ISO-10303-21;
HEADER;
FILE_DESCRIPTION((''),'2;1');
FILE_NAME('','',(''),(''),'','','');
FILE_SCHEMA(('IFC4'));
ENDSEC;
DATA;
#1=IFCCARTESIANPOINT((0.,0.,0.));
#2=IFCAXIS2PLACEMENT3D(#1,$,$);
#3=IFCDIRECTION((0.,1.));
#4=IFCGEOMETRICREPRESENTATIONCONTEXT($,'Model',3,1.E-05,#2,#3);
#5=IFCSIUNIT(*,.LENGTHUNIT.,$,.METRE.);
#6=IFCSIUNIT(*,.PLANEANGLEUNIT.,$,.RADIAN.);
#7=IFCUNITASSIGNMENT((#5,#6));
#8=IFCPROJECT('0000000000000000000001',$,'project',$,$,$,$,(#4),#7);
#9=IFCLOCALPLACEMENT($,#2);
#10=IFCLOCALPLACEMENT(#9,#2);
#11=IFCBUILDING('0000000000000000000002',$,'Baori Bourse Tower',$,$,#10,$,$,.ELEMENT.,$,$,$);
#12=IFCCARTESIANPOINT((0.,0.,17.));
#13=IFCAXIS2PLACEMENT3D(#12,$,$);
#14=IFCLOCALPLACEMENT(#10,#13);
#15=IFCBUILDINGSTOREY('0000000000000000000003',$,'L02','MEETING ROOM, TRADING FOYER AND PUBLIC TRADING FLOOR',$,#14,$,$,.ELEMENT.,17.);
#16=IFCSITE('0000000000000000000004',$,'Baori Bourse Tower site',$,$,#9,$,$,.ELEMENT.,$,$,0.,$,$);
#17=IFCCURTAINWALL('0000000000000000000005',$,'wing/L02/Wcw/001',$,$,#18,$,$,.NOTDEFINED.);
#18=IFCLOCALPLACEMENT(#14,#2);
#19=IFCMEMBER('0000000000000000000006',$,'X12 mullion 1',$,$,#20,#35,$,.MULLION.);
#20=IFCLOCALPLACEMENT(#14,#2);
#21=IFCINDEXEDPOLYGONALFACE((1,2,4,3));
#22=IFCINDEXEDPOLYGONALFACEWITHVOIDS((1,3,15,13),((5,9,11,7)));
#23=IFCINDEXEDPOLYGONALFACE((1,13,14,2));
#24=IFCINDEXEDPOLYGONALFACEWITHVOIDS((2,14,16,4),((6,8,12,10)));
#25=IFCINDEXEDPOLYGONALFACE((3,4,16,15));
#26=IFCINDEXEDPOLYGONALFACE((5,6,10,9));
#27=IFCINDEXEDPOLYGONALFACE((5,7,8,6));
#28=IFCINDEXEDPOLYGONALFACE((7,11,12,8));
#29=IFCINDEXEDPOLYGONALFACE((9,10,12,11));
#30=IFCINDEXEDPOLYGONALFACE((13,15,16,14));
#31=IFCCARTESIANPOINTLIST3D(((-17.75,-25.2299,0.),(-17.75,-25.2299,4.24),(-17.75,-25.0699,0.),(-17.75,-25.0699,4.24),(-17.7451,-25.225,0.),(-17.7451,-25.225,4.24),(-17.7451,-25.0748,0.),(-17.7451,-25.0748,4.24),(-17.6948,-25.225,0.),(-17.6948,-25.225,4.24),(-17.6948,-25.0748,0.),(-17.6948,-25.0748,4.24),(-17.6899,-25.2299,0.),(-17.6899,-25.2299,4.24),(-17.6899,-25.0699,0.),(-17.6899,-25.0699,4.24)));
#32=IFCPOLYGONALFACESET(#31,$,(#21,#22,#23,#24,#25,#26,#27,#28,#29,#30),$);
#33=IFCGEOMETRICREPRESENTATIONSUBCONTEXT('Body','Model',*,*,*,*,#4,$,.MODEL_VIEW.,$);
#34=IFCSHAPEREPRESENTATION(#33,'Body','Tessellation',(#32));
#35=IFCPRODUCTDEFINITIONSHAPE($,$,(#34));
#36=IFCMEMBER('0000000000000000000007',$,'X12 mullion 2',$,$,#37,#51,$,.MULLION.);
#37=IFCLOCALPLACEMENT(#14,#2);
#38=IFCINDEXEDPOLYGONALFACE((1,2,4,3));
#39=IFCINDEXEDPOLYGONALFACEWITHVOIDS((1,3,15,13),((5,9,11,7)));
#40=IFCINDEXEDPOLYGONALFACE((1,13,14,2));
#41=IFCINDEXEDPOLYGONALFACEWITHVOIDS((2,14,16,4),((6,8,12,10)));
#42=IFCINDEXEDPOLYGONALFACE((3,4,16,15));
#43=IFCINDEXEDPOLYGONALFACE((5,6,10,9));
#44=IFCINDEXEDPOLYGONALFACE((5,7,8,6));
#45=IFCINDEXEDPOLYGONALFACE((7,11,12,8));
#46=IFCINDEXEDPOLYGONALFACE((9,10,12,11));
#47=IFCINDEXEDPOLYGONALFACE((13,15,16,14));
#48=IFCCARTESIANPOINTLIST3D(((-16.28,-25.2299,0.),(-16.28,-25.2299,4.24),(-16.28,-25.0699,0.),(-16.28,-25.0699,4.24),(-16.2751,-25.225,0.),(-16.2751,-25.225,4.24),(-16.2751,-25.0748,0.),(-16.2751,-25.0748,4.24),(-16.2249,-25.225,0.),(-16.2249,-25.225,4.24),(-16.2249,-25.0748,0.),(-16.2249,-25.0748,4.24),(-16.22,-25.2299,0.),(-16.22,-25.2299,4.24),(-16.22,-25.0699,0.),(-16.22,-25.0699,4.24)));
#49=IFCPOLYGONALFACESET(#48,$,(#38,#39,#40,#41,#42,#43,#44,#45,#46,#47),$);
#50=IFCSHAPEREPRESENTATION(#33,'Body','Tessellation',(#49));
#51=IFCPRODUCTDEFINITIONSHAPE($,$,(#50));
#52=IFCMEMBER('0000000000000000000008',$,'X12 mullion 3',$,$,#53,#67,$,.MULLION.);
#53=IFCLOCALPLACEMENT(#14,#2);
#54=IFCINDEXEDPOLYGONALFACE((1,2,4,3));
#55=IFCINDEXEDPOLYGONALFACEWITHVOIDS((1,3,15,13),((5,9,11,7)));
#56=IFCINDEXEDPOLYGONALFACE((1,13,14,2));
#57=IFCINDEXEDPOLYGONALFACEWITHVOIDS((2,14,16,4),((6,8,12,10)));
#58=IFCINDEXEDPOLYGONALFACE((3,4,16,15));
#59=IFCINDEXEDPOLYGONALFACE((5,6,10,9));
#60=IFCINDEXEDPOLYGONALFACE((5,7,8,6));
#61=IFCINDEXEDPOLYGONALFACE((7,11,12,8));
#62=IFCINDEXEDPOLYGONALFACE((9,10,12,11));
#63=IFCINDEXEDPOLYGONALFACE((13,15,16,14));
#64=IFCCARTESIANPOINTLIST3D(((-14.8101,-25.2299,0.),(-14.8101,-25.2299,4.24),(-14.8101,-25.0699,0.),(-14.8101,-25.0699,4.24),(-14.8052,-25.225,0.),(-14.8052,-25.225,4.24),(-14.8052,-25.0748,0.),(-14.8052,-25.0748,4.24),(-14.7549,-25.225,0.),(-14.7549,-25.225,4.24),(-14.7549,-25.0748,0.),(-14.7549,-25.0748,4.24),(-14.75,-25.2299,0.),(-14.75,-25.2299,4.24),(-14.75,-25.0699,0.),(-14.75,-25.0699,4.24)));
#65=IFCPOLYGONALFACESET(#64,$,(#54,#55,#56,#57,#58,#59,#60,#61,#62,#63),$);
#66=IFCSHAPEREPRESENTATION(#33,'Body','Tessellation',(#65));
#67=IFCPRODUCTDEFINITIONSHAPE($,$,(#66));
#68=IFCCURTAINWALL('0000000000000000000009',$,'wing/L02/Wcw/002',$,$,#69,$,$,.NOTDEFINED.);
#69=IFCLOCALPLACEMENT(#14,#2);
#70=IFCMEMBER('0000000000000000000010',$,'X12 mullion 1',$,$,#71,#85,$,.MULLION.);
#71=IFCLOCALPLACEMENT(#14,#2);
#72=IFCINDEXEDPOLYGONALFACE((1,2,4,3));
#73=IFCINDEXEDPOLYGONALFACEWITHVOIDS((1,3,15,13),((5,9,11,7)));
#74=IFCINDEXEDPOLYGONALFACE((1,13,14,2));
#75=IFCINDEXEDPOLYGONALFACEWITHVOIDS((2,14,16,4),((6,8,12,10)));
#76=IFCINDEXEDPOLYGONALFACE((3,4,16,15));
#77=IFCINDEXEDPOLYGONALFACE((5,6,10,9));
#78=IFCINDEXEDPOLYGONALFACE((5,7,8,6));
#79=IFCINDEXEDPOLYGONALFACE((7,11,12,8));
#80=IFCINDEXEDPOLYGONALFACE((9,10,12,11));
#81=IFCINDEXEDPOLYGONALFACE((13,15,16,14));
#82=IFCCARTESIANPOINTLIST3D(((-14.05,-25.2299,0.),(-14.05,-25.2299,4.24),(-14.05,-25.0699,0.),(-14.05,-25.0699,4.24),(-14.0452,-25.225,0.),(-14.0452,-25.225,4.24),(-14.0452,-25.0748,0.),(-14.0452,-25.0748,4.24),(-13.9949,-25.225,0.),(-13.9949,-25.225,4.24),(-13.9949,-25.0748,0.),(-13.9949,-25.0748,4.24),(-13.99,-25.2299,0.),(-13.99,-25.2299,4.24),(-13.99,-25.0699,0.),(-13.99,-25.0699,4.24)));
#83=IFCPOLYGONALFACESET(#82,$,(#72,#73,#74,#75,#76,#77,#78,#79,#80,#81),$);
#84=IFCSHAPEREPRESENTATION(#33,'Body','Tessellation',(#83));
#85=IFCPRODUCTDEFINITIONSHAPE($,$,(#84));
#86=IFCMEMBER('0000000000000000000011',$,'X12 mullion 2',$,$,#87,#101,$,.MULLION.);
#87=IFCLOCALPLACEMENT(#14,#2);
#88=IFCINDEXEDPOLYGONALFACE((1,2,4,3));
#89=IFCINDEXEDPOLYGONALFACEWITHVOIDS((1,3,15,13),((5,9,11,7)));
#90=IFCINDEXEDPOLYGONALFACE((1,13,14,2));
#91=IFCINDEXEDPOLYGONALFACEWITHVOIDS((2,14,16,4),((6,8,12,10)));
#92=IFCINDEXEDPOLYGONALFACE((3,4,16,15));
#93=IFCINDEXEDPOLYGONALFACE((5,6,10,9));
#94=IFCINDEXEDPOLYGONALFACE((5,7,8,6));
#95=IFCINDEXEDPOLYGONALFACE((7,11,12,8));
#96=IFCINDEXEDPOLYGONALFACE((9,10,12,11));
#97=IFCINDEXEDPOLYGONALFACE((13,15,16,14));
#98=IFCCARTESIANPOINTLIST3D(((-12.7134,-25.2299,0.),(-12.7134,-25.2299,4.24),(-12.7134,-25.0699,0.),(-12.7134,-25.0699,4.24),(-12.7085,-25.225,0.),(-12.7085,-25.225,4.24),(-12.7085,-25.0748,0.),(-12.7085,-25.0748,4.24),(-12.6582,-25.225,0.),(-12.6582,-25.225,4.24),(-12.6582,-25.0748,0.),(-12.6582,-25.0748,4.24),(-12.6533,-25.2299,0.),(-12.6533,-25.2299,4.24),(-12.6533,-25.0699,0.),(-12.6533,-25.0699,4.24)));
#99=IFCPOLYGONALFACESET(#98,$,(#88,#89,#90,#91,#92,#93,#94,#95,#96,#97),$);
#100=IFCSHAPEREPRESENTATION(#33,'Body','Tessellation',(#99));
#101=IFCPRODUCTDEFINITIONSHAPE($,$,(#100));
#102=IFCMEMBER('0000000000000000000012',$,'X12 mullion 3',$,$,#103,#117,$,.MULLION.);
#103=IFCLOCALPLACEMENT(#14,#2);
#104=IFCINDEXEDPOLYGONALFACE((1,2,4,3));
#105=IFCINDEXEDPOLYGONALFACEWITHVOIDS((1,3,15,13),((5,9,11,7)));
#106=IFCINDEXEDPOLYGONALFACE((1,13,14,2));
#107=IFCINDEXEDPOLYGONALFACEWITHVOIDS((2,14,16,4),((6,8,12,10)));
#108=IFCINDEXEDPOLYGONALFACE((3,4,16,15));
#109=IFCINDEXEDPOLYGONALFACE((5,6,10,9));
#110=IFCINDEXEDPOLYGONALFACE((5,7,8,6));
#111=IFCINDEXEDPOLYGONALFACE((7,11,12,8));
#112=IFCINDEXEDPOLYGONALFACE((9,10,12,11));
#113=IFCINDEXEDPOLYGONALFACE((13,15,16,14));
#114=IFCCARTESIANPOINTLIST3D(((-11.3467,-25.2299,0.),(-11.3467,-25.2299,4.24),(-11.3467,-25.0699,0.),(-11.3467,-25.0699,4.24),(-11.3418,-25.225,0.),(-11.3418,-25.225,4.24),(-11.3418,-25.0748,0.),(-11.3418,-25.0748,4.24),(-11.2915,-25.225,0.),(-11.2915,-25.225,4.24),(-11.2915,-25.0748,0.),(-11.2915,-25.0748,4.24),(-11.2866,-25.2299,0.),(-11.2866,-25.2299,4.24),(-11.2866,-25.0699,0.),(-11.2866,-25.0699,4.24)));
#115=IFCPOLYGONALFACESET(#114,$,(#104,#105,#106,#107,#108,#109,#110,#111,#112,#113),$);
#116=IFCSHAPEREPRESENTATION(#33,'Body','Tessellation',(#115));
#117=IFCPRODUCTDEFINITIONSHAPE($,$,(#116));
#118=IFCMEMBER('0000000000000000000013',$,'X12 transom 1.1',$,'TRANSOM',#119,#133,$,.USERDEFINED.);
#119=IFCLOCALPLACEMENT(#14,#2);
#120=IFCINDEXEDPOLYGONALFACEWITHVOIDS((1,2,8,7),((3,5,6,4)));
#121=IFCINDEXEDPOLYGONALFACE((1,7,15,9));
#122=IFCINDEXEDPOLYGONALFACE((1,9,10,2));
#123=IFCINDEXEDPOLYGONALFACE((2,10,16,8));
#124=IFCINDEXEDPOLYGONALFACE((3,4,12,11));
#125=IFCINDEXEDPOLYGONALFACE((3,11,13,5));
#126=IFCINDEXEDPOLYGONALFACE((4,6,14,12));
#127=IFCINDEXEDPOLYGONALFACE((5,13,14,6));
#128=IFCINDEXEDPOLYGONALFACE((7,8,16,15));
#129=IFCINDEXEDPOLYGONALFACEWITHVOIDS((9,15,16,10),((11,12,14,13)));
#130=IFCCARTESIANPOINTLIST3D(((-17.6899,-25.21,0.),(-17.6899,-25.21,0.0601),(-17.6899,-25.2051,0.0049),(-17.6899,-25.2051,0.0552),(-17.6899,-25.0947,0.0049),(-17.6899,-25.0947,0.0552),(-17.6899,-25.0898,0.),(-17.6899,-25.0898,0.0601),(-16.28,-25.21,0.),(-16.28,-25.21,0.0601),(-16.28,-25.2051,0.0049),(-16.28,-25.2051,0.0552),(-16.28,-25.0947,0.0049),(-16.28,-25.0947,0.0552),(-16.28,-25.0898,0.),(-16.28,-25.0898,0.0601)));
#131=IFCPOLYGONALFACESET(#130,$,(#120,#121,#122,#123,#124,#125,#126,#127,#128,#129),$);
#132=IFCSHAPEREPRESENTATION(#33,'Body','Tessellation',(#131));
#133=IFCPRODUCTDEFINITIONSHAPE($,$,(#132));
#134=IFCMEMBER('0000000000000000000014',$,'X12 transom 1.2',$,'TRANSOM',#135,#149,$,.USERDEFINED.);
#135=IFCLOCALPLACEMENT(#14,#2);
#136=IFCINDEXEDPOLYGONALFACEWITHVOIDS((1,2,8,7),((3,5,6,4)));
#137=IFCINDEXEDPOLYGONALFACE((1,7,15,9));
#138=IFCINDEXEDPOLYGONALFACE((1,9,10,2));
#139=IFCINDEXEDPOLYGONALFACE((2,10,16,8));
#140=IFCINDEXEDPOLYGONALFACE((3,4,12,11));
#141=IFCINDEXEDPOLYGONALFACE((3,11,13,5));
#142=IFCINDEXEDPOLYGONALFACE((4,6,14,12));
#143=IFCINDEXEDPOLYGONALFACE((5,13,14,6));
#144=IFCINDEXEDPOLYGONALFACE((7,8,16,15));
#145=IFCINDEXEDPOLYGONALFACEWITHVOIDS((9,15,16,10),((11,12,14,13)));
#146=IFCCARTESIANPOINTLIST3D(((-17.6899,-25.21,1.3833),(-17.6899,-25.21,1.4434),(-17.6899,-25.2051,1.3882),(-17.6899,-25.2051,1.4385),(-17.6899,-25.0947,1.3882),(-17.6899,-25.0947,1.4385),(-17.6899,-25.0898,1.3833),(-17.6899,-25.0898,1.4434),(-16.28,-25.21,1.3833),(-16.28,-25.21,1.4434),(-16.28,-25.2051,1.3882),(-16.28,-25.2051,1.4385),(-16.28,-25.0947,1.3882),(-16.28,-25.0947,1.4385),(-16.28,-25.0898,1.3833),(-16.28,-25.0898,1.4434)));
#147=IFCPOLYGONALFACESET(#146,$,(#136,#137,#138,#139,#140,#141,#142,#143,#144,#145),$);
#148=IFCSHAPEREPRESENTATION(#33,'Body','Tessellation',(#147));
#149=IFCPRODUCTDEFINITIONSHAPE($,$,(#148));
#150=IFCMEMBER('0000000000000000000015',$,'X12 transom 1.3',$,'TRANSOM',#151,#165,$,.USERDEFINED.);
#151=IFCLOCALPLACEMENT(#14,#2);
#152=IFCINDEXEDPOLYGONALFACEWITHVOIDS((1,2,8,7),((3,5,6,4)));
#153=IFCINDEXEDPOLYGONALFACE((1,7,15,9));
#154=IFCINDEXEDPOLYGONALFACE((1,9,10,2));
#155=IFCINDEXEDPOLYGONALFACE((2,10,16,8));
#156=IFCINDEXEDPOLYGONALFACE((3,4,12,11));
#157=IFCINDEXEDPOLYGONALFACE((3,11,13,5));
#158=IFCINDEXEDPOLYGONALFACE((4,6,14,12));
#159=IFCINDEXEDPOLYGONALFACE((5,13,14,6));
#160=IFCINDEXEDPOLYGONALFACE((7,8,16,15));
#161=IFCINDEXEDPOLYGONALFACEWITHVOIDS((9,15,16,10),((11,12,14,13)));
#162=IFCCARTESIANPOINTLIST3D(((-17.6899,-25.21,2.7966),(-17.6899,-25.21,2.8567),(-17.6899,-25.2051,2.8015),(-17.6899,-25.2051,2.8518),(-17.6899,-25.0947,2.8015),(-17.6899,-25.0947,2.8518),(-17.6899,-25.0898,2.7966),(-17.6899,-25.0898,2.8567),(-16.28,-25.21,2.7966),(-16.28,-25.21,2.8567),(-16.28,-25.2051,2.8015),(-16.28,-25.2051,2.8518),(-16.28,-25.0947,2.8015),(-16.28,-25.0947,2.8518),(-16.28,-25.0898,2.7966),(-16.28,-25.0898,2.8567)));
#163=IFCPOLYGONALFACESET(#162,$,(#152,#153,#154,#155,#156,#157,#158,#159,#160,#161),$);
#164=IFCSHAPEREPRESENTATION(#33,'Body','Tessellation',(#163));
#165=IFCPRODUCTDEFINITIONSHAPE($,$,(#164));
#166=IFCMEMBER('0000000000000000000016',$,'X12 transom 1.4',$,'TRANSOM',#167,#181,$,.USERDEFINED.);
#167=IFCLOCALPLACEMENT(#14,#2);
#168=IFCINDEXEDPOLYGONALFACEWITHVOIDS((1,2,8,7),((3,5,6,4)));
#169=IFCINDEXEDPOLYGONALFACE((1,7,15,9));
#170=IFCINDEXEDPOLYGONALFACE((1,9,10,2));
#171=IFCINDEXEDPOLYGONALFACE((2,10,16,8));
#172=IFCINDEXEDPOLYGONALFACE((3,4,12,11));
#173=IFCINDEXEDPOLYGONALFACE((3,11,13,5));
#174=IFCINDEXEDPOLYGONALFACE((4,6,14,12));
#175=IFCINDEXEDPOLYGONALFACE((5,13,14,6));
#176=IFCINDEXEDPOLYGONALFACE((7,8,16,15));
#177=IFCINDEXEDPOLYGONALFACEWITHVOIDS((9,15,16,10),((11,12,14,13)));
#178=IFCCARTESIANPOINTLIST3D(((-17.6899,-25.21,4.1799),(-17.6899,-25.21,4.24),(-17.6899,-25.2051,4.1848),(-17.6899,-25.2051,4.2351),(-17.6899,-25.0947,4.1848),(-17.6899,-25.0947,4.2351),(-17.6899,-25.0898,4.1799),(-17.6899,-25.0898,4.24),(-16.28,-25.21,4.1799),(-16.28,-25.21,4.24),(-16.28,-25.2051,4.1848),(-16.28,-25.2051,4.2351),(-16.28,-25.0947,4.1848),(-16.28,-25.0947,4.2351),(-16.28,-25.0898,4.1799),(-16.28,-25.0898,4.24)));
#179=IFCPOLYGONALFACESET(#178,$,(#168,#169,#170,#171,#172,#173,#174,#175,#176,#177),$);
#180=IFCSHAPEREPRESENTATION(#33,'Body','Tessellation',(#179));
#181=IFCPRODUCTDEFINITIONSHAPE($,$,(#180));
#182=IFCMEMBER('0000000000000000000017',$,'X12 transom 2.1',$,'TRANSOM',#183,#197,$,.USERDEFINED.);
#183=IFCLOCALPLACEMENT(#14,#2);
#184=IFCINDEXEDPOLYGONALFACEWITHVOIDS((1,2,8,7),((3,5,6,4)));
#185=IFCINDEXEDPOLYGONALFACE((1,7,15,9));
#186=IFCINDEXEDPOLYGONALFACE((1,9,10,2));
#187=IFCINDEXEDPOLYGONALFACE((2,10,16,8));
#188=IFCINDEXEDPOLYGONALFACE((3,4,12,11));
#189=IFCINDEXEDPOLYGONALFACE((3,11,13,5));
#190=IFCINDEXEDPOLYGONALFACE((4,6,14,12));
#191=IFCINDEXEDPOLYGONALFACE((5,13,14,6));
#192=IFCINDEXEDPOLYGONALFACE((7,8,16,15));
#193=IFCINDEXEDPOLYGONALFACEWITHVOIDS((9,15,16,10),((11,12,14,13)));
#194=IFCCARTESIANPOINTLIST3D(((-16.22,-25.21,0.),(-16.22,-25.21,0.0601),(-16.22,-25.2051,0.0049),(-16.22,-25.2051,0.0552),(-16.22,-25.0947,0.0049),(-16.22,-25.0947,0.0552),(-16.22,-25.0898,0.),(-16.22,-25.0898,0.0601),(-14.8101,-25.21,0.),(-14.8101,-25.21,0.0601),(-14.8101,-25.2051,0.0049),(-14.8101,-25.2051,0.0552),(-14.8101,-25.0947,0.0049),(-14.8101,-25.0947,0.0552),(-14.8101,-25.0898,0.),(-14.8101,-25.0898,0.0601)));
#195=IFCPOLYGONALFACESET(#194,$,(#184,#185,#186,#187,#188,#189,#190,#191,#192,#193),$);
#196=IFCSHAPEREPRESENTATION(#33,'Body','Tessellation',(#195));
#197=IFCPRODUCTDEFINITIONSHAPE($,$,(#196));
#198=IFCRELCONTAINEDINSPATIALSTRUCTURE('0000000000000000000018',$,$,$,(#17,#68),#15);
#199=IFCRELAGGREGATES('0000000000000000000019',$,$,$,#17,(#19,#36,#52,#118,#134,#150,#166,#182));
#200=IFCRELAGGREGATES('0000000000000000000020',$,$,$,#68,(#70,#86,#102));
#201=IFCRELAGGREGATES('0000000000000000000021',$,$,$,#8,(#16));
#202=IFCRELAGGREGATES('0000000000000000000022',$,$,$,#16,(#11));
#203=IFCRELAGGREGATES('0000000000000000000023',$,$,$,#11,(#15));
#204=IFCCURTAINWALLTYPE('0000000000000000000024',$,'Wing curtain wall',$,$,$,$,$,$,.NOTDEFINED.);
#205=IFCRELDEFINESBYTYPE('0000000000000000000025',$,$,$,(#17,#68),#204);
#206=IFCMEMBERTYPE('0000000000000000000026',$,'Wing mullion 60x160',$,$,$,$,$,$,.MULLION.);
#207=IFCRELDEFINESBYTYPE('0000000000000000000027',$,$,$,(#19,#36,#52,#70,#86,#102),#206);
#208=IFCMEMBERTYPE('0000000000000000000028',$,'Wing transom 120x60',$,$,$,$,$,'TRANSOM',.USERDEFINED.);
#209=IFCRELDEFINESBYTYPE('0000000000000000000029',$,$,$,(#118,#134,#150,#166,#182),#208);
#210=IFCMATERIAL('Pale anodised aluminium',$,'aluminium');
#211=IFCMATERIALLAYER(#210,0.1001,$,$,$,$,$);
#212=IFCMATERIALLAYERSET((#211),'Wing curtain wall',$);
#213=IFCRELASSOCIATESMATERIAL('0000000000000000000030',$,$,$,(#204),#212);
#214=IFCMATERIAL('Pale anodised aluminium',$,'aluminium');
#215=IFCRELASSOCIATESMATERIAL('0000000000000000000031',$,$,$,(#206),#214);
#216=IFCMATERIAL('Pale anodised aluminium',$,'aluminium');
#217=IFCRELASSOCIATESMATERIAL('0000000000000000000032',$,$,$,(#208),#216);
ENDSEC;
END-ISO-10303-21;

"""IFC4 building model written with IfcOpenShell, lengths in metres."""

from ifc_helpers import new_model, si_unit, direction, frame, origin, origin_2d, place, context, subcontext, project, spatial, hollow_rectangle, extrude, material, layer, layer_set, material_profile, profile_set, type_object, element, aggregate, save


model = new_model("IFC4")

# Units and contexts
model_context = context("Model", 3, precision=1e-05, world=origin(), true_north=direction((0.0, 1.0)))
body_context = subcontext(model_context, "Body", "Model", "MODEL_VIEW")
ifc_project = project(units=[si_unit("LENGTHUNIT", "METRE"), si_unit("PLANEANGLEUNIT", "RADIAN")], contexts=[model_context])

# Site, building, storey
site_placement = place(None, origin())
site = spatial("IfcSite", under=ifc_project, at=site_placement, Name="Baori Bourse Tower site", CompositionType="ELEMENT", RefElevation=0.0)
building_placement = place(site_placement, origin())
building = spatial("IfcBuilding", under=site, at=building_placement, Name="Baori Bourse Tower", CompositionType="ELEMENT")
storey_placement = place(building_placement, frame((0.0, 0.0, 17.0)))
storey = spatial("IfcBuildingStorey", under=building, at=storey_placement, Name="L02", Description="MEETING ROOM, TRADING FOYER AND PUBLIC TRADING FLOOR", CompositionType="ELEMENT", Elevation=17.0)

# Curtain walls, members
ifc_material_1 = material(Name="Pale anodised aluminium", Category="aluminium")
ifc_layer_1 = layer(ifc_material_1, 0.1001)
ifc_layer_set_1 = layer_set([ifc_layer_1], Name="Wing curtain wall")
curtain_wall_type = type_object("IfcCurtainWallType", Name="Wing curtain wall", PredefinedType="NOTDEFINED", material=ifc_layer_set_1)
curtain_wall_1_placement = place(storey_placement, origin())
curtain_wall_1 = element("IfcCurtainWall", 1, at=curtain_wall_1_placement, inside=storey, type_object=curtain_wall_type, Name="wing/L02/Wcw/001", PredefinedType="NOTDEFINED")
ifc_material_2 = material(Name="Pale anodised aluminium", Category="aluminium")
ifc_material_profile_1 = material_profile(ifc_material_2, hollow_rectangle(XDim=0.1599, YDim=0.0601, WallThickness=0.0049, at=origin_2d()), Name="Mullion 160x60x5")
ifc_profile_set_1 = profile_set([ifc_material_profile_1], Name="Pale anodised aluminium")
member_type_1 = type_object("IfcMemberType", Name="Wing mullion 60x160", PredefinedType="MULLION", material=ifc_profile_set_1)
member_1_placement = place(storey_placement, frame((-17.72, -25.1499, 0.0), z_axis=(0.0, 0.0, 1.0), x_axis=(0.0, 1.0, 0.0)))
member_1 = element("IfcMember", 2, at=member_1_placement, type_object=member_type_1, Name="X12 mullion 1", PredefinedType="MULLION", context=body_context, shape_type="SweptSolid", body=[
    extrude(hollow_rectangle(XDim=0.1599, YDim=0.0601, WallThickness=0.0049, at=origin_2d()), origin(), (0.0, 0.0, 1.0), 4.24),
])
member_2_placement = place(storey_placement, frame((-16.25, -25.1499, 0.0), z_axis=(0.0, 0.0, 1.0), x_axis=(0.0, 1.0, 0.0)))
member_2 = element("IfcMember", 3, at=member_2_placement, type_object=member_type_1, Name="X12 mullion 2", PredefinedType="MULLION", context=body_context, shape_type="SweptSolid", body=[
    extrude(hollow_rectangle(XDim=0.1599, YDim=0.0601, WallThickness=0.0049, at=origin_2d()), origin(), (0.0, 0.0, 1.0), 4.24),
])
member_3_placement = place(storey_placement, frame((-14.78, -25.1499, 0.0), z_axis=(0.0, 0.0, 1.0), x_axis=(0.0, 1.0, 0.0)))
member_3 = element("IfcMember", 4, at=member_3_placement, type_object=member_type_1, Name="X12 mullion 3", PredefinedType="MULLION", context=body_context, shape_type="SweptSolid", body=[
    extrude(hollow_rectangle(XDim=0.1599, YDim=0.0601, WallThickness=0.0049, at=origin_2d()), origin(), (0.0, 0.0, 1.0), 4.24),
])
curtain_wall_2_placement = place(storey_placement, origin())
curtain_wall_2 = element("IfcCurtainWall", 5, at=curtain_wall_2_placement, inside=storey, type_object=curtain_wall_type, Name="wing/L02/Wcw/002", PredefinedType="NOTDEFINED")
member_4_placement = place(storey_placement, frame((-14.02, -25.1499, 0.0), z_axis=(0.0, 0.0, 1.0), x_axis=(0.0, 1.0, 0.0)))
member_4 = element("IfcMember", 6, at=member_4_placement, type_object=member_type_1, Name="X12 mullion 1", PredefinedType="MULLION", context=body_context, shape_type="SweptSolid", body=[
    extrude(hollow_rectangle(XDim=0.1599, YDim=0.0601, WallThickness=0.0049, at=origin_2d()), origin(), (0.0, 0.0, 1.0), 4.24),
])
member_5_placement = place(storey_placement, frame((-12.6833, -25.1499, 0.0), z_axis=(0.0, 0.0, 1.0), x_axis=(0.0, 1.0, 0.0)))
member_5 = element("IfcMember", 7, at=member_5_placement, type_object=member_type_1, Name="X12 mullion 2", PredefinedType="MULLION", context=body_context, shape_type="SweptSolid", body=[
    extrude(hollow_rectangle(XDim=0.1599, YDim=0.0601, WallThickness=0.0049, at=origin_2d()), origin(), (0.0, 0.0, 1.0), 4.24),
])
member_6_placement = place(storey_placement, frame((-11.3167, -25.1499, 0.0), z_axis=(0.0, 0.0, 1.0), x_axis=(0.0, 1.0, 0.0)))
member_6 = element("IfcMember", 8, at=member_6_placement, type_object=member_type_1, Name="X12 mullion 3", PredefinedType="MULLION", context=body_context, shape_type="SweptSolid", body=[
    extrude(hollow_rectangle(XDim=0.1599, YDim=0.0601, WallThickness=0.0049, at=origin_2d()), origin(), (0.0, 0.0, 1.0), 4.24),
])

# Members
ifc_material_3 = material(Name="Pale anodised aluminium", Category="aluminium")
ifc_material_profile_2 = material_profile(ifc_material_3, hollow_rectangle(XDim=0.1201, YDim=0.0601, WallThickness=0.0049, at=origin_2d()), Name="Transom 120x60x5")
ifc_profile_set_2 = profile_set([ifc_material_profile_2], Name="Pale anodised aluminium")
member_type_2 = type_object("IfcMemberType", Name="Wing transom 120x60", ElementType="TRANSOM", PredefinedType="USERDEFINED", material=ifc_profile_set_2)
member_7_placement = place(storey_placement, frame((-17.6899, -25.1499, 0.03), z_axis=(1.0, 0.0, 0.0), x_axis=(0.0, 1.0, 0.0)))
member_7 = element("IfcMember", 9, at=member_7_placement, type_object=member_type_2, Name="X12 transom 1.1", ObjectType="TRANSOM", PredefinedType="USERDEFINED", context=body_context, shape_type="SweptSolid", body=[
    extrude(hollow_rectangle(XDim=0.1201, YDim=0.0601, WallThickness=0.0049, at=origin_2d()), origin(), (0.0, 0.0, 1.0), 1.4099),
])
member_8_placement = place(storey_placement, frame((-17.6899, -25.1499, 1.4133), z_axis=(1.0, 0.0, 0.0), x_axis=(0.0, 1.0, 0.0)))
member_8 = element("IfcMember", 10, at=member_8_placement, type_object=member_type_2, Name="X12 transom 1.2", ObjectType="TRANSOM", PredefinedType="USERDEFINED", context=body_context, shape_type="SweptSolid", body=[
    extrude(hollow_rectangle(XDim=0.1201, YDim=0.0601, WallThickness=0.0049, at=origin_2d()), origin(), (0.0, 0.0, 1.0), 1.4099),
])
member_9_placement = place(storey_placement, frame((-17.6899, -25.1499, 2.8267), z_axis=(1.0, 0.0, 0.0), x_axis=(0.0, 1.0, 0.0)))
member_9 = element("IfcMember", 11, at=member_9_placement, type_object=member_type_2, Name="X12 transom 1.3", ObjectType="TRANSOM", PredefinedType="USERDEFINED", context=body_context, shape_type="SweptSolid", body=[
    extrude(hollow_rectangle(XDim=0.1201, YDim=0.0601, WallThickness=0.0049, at=origin_2d()), origin(), (0.0, 0.0, 1.0), 1.4099),
])
member_10_placement = place(storey_placement, frame((-17.6899, -25.1499, 4.21), z_axis=(1.0, 0.0, 0.0), x_axis=(0.0, 1.0, 0.0)))
member_10 = element("IfcMember", 12, at=member_10_placement, type_object=member_type_2, Name="X12 transom 1.4", ObjectType="TRANSOM", PredefinedType="USERDEFINED", context=body_context, shape_type="SweptSolid", body=[
    extrude(hollow_rectangle(XDim=0.1201, YDim=0.0601, WallThickness=0.0049, at=origin_2d()), origin(), (0.0, 0.0, 1.0), 1.4099),
])
member_11_placement = place(storey_placement, frame((-16.22, -25.1499, 0.03), z_axis=(1.0, 0.0, 0.0), x_axis=(0.0, 1.0, 0.0)))
member_11 = element("IfcMember", 13, at=member_11_placement, type_object=member_type_2, Name="X12 transom 2.1", ObjectType="TRANSOM", PredefinedType="USERDEFINED", context=body_context, shape_type="SweptSolid", body=[
    extrude(hollow_rectangle(XDim=0.1201, YDim=0.0601, WallThickness=0.0049, at=origin_2d()), origin(), (0.0, 0.0, 1.0), 1.4099),
])

aggregate(curtain_wall_1, [member_1, member_2, member_3, member_7, member_8, member_9, member_10, member_11])
aggregate(curtain_wall_2, [member_4, member_5, member_6])

save(model, "model.ifc")
